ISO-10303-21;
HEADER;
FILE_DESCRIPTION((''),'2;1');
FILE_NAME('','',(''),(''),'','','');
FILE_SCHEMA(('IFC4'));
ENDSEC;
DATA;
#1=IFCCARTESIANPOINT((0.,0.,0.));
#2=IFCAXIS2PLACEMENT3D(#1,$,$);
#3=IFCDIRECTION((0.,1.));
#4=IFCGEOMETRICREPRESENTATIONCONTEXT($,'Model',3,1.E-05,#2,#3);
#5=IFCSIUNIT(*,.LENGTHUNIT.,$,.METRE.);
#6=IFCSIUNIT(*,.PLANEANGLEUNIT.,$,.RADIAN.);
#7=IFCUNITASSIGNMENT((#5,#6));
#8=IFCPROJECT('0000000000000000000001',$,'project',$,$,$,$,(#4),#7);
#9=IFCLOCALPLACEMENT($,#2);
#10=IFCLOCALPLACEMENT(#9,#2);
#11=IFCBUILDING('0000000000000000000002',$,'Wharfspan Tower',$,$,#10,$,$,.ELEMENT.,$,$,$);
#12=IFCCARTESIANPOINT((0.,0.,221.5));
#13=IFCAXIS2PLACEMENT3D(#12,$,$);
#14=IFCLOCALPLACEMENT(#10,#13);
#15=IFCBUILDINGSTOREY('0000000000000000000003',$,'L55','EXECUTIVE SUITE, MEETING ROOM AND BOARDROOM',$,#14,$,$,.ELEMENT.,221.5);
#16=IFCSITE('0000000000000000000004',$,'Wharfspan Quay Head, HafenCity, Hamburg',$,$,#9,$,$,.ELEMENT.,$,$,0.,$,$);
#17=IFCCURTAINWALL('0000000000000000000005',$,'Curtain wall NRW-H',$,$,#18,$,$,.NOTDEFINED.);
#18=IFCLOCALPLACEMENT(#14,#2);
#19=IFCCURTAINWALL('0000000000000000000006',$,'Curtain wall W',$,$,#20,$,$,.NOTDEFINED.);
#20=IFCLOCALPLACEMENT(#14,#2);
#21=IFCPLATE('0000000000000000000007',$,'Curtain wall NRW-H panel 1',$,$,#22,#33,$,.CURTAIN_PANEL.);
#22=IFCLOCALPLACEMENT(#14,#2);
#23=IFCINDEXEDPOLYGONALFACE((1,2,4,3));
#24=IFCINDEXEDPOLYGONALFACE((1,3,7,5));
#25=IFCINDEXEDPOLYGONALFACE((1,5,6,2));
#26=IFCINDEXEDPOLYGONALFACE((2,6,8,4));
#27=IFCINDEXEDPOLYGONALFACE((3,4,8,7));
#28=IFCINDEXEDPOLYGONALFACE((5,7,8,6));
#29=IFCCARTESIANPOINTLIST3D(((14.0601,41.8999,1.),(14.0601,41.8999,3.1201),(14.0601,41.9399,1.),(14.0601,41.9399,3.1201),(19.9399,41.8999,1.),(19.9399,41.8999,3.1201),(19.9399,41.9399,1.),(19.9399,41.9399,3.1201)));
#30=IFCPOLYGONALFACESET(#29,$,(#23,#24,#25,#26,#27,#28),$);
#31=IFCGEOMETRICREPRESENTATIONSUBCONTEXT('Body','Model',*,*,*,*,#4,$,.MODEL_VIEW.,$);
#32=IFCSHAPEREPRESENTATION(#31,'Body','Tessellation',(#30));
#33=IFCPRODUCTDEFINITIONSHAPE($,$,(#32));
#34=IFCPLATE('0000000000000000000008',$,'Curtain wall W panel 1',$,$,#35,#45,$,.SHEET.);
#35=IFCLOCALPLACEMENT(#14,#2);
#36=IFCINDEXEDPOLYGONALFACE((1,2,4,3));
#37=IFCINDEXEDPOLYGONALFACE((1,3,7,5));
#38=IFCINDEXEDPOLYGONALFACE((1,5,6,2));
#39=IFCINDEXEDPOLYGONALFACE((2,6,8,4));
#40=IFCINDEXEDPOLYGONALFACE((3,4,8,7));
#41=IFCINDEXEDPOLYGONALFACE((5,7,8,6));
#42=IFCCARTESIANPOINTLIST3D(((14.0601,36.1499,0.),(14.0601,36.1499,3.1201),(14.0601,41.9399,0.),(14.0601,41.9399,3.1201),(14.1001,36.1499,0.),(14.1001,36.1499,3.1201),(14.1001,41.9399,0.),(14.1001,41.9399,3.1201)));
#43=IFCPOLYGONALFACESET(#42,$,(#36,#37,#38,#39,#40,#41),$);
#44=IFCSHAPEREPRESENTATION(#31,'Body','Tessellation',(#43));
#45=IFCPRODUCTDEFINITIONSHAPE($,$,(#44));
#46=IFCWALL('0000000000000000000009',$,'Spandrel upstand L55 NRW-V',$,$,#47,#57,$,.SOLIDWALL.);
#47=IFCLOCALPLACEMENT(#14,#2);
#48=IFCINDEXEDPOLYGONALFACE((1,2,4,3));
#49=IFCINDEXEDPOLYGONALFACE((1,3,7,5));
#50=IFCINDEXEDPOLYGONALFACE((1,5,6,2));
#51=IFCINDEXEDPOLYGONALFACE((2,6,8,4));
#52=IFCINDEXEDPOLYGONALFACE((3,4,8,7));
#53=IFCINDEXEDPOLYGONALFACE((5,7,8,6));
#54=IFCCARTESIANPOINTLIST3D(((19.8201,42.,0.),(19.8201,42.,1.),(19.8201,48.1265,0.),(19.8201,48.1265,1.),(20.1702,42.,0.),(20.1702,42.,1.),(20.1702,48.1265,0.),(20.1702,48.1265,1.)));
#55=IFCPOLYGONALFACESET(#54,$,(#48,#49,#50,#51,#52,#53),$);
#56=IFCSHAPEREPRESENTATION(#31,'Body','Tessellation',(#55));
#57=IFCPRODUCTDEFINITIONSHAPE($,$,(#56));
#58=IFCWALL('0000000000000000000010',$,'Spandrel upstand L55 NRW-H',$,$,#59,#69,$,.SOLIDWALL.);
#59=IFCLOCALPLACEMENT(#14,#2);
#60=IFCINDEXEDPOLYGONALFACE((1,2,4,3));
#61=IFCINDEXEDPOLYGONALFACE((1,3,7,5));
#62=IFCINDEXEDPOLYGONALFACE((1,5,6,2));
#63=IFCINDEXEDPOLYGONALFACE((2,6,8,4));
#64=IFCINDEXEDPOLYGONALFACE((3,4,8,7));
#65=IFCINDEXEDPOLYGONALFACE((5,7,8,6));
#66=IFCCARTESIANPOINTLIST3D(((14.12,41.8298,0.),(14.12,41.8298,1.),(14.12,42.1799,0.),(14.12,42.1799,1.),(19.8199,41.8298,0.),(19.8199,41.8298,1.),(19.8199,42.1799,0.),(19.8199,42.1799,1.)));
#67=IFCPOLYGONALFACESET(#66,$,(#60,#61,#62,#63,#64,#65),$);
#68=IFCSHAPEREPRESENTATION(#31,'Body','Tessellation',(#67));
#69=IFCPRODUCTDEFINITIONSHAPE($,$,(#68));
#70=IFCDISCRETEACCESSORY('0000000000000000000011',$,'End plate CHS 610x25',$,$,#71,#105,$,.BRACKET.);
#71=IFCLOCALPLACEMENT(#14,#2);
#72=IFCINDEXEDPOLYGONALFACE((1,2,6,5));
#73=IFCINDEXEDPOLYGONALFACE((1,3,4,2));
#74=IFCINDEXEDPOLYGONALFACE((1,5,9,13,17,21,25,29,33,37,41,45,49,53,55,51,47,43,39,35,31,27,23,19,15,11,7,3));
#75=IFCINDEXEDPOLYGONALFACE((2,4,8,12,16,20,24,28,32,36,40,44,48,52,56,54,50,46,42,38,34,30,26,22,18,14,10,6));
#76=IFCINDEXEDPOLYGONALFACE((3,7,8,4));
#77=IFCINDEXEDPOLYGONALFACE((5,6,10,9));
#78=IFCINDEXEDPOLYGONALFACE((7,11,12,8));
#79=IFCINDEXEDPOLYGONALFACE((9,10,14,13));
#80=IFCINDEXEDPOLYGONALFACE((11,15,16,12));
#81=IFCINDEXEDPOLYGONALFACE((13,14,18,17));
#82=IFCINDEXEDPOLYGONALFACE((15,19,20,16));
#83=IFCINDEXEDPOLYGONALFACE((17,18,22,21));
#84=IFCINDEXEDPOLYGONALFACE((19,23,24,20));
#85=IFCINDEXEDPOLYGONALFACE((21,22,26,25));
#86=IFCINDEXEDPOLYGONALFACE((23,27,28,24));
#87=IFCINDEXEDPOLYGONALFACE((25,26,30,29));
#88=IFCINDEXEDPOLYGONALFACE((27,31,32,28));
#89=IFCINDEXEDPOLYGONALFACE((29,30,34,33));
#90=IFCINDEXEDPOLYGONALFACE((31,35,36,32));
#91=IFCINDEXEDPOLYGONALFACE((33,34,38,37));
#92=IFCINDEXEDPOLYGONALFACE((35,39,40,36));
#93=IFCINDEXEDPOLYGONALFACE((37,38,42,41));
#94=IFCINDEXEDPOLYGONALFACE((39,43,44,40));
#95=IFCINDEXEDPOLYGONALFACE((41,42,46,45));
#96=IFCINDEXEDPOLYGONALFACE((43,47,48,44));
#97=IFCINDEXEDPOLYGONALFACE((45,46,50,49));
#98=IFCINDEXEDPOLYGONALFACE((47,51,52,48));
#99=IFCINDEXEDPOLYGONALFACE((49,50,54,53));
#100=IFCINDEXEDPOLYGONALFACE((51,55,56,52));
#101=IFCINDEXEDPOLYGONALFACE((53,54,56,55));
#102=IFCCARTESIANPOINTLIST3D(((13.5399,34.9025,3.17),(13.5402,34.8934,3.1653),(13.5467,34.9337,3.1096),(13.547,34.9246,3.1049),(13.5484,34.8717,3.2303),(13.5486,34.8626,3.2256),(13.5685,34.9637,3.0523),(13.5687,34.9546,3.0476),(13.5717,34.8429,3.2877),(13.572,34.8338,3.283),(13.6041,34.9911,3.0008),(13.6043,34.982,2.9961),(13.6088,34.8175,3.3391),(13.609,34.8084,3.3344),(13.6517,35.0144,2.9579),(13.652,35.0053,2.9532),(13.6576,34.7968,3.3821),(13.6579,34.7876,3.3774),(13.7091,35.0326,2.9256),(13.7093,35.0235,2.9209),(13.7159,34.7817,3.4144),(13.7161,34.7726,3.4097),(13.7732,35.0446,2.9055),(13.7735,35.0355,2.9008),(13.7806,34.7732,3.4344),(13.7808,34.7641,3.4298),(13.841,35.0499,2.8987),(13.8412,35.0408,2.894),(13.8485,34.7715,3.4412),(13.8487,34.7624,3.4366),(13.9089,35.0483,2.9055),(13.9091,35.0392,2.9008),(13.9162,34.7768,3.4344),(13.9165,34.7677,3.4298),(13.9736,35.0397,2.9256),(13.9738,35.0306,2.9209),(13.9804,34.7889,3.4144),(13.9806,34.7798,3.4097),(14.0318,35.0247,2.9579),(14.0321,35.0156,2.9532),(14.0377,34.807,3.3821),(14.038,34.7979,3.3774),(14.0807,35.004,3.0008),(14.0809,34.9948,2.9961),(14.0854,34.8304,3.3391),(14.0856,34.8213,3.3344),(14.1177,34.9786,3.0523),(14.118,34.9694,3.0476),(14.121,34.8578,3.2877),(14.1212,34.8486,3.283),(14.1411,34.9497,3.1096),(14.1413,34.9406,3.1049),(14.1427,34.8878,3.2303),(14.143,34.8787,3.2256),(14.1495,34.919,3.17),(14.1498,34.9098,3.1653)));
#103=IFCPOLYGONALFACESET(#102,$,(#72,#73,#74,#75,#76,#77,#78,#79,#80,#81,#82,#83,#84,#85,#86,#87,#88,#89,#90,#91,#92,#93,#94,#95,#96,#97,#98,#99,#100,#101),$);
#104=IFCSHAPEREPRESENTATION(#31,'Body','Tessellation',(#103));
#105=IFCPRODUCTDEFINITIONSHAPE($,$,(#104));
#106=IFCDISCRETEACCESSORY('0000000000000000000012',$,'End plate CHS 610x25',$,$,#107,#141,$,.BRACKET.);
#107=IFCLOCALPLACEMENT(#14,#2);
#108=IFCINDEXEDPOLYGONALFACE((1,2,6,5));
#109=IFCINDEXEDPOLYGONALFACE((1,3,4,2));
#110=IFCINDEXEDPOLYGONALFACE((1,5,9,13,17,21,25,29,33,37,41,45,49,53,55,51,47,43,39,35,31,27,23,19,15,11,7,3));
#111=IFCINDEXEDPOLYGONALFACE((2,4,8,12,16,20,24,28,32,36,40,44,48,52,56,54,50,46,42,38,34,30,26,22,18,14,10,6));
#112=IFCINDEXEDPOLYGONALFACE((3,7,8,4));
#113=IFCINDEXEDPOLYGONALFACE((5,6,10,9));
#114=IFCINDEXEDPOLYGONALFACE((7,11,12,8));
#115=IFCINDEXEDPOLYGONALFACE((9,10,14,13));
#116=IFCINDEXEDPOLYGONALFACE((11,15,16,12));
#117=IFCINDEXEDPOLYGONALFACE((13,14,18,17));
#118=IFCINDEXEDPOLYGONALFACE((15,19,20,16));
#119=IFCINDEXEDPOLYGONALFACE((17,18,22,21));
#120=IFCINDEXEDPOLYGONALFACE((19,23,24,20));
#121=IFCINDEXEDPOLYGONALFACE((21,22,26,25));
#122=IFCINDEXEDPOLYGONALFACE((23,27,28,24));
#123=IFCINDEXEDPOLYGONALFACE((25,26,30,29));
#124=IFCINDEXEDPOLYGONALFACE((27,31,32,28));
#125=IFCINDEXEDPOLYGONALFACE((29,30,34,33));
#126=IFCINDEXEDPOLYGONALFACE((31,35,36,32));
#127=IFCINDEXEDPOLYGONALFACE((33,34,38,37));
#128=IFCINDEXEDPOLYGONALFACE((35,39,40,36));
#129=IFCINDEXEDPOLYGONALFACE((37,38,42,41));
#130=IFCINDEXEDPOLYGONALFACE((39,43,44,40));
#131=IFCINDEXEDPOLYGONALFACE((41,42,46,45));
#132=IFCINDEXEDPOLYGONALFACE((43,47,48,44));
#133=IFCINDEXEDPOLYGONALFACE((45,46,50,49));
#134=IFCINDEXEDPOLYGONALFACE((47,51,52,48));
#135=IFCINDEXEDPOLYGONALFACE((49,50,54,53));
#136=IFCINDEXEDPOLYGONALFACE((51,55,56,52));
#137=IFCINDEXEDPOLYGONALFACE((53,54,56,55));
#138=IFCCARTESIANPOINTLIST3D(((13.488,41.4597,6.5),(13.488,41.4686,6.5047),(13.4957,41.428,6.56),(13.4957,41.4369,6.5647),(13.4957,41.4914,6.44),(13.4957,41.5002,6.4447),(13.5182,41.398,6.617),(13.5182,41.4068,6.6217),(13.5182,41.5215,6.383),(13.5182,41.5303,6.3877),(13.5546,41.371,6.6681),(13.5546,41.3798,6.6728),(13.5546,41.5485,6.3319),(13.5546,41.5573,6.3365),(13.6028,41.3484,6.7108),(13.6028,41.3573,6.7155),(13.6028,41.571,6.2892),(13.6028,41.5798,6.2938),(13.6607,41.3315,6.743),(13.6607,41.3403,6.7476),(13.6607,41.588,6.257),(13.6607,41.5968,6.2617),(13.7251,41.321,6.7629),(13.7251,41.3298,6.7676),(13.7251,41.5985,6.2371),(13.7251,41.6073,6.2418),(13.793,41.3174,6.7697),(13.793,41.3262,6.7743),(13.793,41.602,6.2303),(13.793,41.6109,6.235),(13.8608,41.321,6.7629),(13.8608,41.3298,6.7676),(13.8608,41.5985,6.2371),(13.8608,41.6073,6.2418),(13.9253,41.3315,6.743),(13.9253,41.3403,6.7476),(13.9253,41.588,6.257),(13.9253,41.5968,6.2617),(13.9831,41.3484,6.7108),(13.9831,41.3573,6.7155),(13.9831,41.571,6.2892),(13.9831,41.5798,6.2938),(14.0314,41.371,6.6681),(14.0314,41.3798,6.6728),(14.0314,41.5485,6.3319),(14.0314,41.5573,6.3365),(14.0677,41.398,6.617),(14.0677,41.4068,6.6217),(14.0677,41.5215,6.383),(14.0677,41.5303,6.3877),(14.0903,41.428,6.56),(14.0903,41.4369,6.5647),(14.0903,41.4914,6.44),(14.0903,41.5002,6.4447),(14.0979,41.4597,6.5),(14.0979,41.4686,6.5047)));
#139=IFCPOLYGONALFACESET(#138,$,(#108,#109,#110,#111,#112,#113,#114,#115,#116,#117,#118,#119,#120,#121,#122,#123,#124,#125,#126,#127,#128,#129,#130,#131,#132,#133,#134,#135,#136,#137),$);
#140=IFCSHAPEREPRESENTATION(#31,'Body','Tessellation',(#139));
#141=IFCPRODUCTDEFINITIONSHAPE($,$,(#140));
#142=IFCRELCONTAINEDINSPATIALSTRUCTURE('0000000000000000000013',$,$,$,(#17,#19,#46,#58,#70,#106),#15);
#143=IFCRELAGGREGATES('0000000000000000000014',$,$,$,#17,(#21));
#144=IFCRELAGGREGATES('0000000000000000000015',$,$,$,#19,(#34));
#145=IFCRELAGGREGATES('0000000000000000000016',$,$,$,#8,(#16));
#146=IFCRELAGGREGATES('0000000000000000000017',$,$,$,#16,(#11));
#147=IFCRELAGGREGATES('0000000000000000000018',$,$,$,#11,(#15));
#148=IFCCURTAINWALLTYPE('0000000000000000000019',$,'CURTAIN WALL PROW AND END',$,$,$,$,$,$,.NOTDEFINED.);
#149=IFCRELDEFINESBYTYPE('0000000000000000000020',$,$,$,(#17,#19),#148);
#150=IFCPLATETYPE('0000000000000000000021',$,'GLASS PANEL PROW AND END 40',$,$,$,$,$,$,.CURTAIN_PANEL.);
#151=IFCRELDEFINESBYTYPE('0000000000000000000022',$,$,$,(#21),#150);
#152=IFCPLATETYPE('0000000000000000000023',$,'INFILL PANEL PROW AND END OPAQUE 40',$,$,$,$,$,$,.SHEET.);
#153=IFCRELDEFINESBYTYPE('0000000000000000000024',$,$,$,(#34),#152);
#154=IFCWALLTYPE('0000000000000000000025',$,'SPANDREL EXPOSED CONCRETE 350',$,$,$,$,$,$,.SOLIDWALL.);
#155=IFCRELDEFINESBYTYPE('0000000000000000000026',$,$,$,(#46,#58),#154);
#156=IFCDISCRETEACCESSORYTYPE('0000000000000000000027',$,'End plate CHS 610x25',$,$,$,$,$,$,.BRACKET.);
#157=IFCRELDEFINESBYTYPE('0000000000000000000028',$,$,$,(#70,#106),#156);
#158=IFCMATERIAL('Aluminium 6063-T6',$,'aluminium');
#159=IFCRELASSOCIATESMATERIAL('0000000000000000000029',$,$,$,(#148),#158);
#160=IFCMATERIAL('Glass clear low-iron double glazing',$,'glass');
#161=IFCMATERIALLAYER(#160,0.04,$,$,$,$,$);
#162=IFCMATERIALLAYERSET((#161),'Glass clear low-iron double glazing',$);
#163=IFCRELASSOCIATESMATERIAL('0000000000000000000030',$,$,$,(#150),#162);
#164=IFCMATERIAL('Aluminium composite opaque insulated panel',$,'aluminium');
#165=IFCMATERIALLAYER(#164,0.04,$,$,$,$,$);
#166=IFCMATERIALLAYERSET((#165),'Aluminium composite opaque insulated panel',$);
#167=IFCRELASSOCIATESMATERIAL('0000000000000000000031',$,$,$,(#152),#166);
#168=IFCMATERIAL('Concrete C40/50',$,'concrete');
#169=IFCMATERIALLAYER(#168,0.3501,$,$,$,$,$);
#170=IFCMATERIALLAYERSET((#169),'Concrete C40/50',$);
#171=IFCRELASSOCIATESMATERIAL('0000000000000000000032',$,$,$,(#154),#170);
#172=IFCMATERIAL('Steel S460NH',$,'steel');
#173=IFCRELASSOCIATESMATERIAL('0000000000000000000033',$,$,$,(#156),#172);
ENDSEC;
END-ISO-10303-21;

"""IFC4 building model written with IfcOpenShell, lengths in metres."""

from ifc_helpers import new_model, si_unit, direction, frame, frame_2d, origin, origin_2d, place, context, subcontext, project, spatial, rectangle, circle, extrude, material, layer, layer_set, material_profile, profile_set, type_object, element, aggregate, save


model = new_model("IFC4")

# Units and contexts
model_context = context("Model", 3, precision=1e-05, world=origin(), true_north=direction((0.0, 1.0)))
body_context = subcontext(model_context, "Body", "Model", "MODEL_VIEW")
ifc_project = project(units=[si_unit("LENGTHUNIT", "METRE"), si_unit("PLANEANGLEUNIT", "RADIAN")], contexts=[model_context])

# Site, building, storey
site_placement = place(None, origin())
site = spatial("IfcSite", under=ifc_project, at=site_placement, Name="Wharfspan Quay Head, HafenCity, Hamburg", CompositionType="ELEMENT", RefElevation=0.0)
building_placement = place(site_placement, origin())
building = spatial("IfcBuilding", under=site, at=building_placement, Name="Wharfspan Tower", CompositionType="ELEMENT")
storey_placement = place(building_placement, frame((0.0, 0.0, 221.5)))
storey = spatial("IfcBuildingStorey", under=building, at=storey_placement, Name="L55", Description="EXECUTIVE SUITE, MEETING ROOM AND BOARDROOM", CompositionType="ELEMENT", Elevation=221.5)

# Curtain walls
ifc_material_1 = material(Name="Aluminium 6063-T6", Category="aluminium")
curtain_wall_type = type_object("IfcCurtainWallType", Name="CURTAIN WALL PROW AND END", PredefinedType="NOTDEFINED", material=ifc_material_1)
curtain_wall_1_placement = place(storey_placement, origin())
curtain_wall_1 = element("IfcCurtainWall", 1, at=curtain_wall_1_placement, inside=storey, type_object=curtain_wall_type, Name="Curtain wall NRW-H", PredefinedType="NOTDEFINED")
curtain_wall_2_placement = place(storey_placement, origin())
curtain_wall_2 = element("IfcCurtainWall", 2, at=curtain_wall_2_placement, inside=storey, type_object=curtain_wall_type, Name="Curtain wall W", PredefinedType="NOTDEFINED")

# Shared definitions
ifc_material_2 = material(Name="Steel S460NH", Category="steel")

# Plates
ifc_material_3 = material(Name="Glass clear low-iron double glazing", Category="glass")
ifc_layer_1 = layer(ifc_material_3, 0.04)
ifc_layer_set_1 = layer_set([ifc_layer_1], Name="Glass clear low-iron double glazing")
plate_type_1 = type_object("IfcPlateType", Name="GLASS PANEL PROW AND END 40", PredefinedType="CURTAIN_PANEL", material=ifc_layer_set_1)
plate_1_placement = place(storey_placement, frame((17.0, 41.9199, 1.0), z_axis=(0.0, 0.0, 1.0), x_axis=(-1.0, 0.0, 0.0)))
plate_1 = element("IfcPlate", 3, at=plate_1_placement, type_object=plate_type_1, Name="Curtain wall NRW-H panel 1", PredefinedType="CURTAIN_PANEL", context=body_context, shape_type="SweptSolid", body=[
    extrude(rectangle(XDim=5.8799, YDim=0.04, at=origin_2d()), origin(), (0.0, 0.0, 1.0), 2.1201),
])
aggregate(curtain_wall_1, [plate_1])
ifc_material_4 = material(Name="Aluminium composite opaque insulated panel", Category="aluminium")
ifc_layer_2 = layer(ifc_material_4, 0.04)
ifc_layer_set_2 = layer_set([ifc_layer_2], Name="Aluminium composite opaque insulated panel")
plate_type_2 = type_object("IfcPlateType", Name="INFILL PANEL PROW AND END OPAQUE 40", PredefinedType="SHEET", material=ifc_layer_set_2)
plate_2_placement = place(storey_placement, frame((14.0801, 39.0449, 0.0), z_axis=(0.0, 0.0, 1.0), x_axis=(0.0, -1.0, 0.0)))
plate_2 = element("IfcPlate", 4, at=plate_2_placement, type_object=plate_type_2, Name="Curtain wall W panel 1", PredefinedType="SHEET", context=body_context, shape_type="SweptSolid", body=[
    extrude(rectangle(XDim=5.79, YDim=0.04, at=origin_2d()), origin(), (0.0, 0.0, 1.0), 3.1201),
])
aggregate(curtain_wall_2, [plate_2])

# Walls
ifc_material_5 = material(Name="Concrete C40/50", Category="concrete")
ifc_layer_3 = layer(ifc_material_5, 0.3501)
ifc_layer_set_3 = layer_set([ifc_layer_3], Name="Concrete C40/50")
wall_type = type_object("IfcWallType", Name="SPANDREL EXPOSED CONCRETE 350", PredefinedType="SOLIDWALL", material=ifc_layer_set_3)
wall_1_placement = place(storey_placement, frame((19.9951, 48.1265, 0.0), z_axis=(0.0, 0.0, 1.0), x_axis=(0.0, -1.0, 0.0)))
element("IfcWall", 5, at=wall_1_placement, inside=storey, type_object=wall_type, Name="Spandrel upstand L55 NRW-V", PredefinedType="SOLIDWALL", context=body_context, shape_type="SweptSolid", body=[
    extrude(rectangle(XDim=6.1265, YDim=0.3501, at=frame_2d((3.0632, 0.0))), origin(), (0.0, 0.0, 1.0), 1.0),
])
wall_2_placement = place(storey_placement, frame((19.8201, 42.0049, 0.0), z_axis=(0.0, 0.0, 1.0), x_axis=(-1.0, 0.0, 0.0)))
element("IfcWall", 6, at=wall_2_placement, inside=storey, type_object=wall_type, Name="Spandrel upstand L55 NRW-H", PredefinedType="SOLIDWALL", context=body_context, shape_type="SweptSolid", body=[
    extrude(rectangle(XDim=5.7, YDim=0.3501, at=frame_2d((2.8501, 0.0))), origin(), (0.0, 0.0, 1.0), 1.0),
])

# Discrete accessories
ifc_material_profile_1 = material_profile(ifc_material_2, circle(Radius=0.3049, at=origin_2d()))
ifc_profile_set_1 = profile_set([ifc_material_profile_1], Name="Steel S460NH")
discrete_accessory_type = type_object("IfcDiscreteAccessoryType", Name="End plate CHS 610x25", PredefinedType="BRACKET", material=ifc_profile_set_1)
discrete_accessory_1_placement = place(storey_placement, frame((13.845, 34.9016, 3.1653), z_axis=(-0.024035, 0.88931, 0.456673), x_axis=(-0.999631, -0.027015, -0.000003)))
element("IfcDiscreteAccessory", 7, at=discrete_accessory_1_placement, inside=storey, type_object=discrete_accessory_type, Name="End plate CHS 610x25", PredefinedType="BRACKET", context=body_context, shape_type="SweptSolid", body=[
    extrude(circle(Radius=0.3049, at=origin_2d()), origin(), (0.0, 0.0, 1.0), 0.0103),
])
discrete_accessory_2_placement = place(storey_placement, frame((13.793, 41.4597, 6.5), z_axis=(0.0, 0.884385, 0.466759), x_axis=(-1.0, 0.0, 0.0)))
element("IfcDiscreteAccessory", 8, at=discrete_accessory_2_placement, inside=storey, type_object=discrete_accessory_type, Name="End plate CHS 610x25", PredefinedType="BRACKET", context=body_context, shape_type="SweptSolid", body=[
    extrude(circle(Radius=0.3049, at=origin_2d()), origin(), (0.0, 0.0, 1.0), 0.01),
])

save(model, "model.ifc")
